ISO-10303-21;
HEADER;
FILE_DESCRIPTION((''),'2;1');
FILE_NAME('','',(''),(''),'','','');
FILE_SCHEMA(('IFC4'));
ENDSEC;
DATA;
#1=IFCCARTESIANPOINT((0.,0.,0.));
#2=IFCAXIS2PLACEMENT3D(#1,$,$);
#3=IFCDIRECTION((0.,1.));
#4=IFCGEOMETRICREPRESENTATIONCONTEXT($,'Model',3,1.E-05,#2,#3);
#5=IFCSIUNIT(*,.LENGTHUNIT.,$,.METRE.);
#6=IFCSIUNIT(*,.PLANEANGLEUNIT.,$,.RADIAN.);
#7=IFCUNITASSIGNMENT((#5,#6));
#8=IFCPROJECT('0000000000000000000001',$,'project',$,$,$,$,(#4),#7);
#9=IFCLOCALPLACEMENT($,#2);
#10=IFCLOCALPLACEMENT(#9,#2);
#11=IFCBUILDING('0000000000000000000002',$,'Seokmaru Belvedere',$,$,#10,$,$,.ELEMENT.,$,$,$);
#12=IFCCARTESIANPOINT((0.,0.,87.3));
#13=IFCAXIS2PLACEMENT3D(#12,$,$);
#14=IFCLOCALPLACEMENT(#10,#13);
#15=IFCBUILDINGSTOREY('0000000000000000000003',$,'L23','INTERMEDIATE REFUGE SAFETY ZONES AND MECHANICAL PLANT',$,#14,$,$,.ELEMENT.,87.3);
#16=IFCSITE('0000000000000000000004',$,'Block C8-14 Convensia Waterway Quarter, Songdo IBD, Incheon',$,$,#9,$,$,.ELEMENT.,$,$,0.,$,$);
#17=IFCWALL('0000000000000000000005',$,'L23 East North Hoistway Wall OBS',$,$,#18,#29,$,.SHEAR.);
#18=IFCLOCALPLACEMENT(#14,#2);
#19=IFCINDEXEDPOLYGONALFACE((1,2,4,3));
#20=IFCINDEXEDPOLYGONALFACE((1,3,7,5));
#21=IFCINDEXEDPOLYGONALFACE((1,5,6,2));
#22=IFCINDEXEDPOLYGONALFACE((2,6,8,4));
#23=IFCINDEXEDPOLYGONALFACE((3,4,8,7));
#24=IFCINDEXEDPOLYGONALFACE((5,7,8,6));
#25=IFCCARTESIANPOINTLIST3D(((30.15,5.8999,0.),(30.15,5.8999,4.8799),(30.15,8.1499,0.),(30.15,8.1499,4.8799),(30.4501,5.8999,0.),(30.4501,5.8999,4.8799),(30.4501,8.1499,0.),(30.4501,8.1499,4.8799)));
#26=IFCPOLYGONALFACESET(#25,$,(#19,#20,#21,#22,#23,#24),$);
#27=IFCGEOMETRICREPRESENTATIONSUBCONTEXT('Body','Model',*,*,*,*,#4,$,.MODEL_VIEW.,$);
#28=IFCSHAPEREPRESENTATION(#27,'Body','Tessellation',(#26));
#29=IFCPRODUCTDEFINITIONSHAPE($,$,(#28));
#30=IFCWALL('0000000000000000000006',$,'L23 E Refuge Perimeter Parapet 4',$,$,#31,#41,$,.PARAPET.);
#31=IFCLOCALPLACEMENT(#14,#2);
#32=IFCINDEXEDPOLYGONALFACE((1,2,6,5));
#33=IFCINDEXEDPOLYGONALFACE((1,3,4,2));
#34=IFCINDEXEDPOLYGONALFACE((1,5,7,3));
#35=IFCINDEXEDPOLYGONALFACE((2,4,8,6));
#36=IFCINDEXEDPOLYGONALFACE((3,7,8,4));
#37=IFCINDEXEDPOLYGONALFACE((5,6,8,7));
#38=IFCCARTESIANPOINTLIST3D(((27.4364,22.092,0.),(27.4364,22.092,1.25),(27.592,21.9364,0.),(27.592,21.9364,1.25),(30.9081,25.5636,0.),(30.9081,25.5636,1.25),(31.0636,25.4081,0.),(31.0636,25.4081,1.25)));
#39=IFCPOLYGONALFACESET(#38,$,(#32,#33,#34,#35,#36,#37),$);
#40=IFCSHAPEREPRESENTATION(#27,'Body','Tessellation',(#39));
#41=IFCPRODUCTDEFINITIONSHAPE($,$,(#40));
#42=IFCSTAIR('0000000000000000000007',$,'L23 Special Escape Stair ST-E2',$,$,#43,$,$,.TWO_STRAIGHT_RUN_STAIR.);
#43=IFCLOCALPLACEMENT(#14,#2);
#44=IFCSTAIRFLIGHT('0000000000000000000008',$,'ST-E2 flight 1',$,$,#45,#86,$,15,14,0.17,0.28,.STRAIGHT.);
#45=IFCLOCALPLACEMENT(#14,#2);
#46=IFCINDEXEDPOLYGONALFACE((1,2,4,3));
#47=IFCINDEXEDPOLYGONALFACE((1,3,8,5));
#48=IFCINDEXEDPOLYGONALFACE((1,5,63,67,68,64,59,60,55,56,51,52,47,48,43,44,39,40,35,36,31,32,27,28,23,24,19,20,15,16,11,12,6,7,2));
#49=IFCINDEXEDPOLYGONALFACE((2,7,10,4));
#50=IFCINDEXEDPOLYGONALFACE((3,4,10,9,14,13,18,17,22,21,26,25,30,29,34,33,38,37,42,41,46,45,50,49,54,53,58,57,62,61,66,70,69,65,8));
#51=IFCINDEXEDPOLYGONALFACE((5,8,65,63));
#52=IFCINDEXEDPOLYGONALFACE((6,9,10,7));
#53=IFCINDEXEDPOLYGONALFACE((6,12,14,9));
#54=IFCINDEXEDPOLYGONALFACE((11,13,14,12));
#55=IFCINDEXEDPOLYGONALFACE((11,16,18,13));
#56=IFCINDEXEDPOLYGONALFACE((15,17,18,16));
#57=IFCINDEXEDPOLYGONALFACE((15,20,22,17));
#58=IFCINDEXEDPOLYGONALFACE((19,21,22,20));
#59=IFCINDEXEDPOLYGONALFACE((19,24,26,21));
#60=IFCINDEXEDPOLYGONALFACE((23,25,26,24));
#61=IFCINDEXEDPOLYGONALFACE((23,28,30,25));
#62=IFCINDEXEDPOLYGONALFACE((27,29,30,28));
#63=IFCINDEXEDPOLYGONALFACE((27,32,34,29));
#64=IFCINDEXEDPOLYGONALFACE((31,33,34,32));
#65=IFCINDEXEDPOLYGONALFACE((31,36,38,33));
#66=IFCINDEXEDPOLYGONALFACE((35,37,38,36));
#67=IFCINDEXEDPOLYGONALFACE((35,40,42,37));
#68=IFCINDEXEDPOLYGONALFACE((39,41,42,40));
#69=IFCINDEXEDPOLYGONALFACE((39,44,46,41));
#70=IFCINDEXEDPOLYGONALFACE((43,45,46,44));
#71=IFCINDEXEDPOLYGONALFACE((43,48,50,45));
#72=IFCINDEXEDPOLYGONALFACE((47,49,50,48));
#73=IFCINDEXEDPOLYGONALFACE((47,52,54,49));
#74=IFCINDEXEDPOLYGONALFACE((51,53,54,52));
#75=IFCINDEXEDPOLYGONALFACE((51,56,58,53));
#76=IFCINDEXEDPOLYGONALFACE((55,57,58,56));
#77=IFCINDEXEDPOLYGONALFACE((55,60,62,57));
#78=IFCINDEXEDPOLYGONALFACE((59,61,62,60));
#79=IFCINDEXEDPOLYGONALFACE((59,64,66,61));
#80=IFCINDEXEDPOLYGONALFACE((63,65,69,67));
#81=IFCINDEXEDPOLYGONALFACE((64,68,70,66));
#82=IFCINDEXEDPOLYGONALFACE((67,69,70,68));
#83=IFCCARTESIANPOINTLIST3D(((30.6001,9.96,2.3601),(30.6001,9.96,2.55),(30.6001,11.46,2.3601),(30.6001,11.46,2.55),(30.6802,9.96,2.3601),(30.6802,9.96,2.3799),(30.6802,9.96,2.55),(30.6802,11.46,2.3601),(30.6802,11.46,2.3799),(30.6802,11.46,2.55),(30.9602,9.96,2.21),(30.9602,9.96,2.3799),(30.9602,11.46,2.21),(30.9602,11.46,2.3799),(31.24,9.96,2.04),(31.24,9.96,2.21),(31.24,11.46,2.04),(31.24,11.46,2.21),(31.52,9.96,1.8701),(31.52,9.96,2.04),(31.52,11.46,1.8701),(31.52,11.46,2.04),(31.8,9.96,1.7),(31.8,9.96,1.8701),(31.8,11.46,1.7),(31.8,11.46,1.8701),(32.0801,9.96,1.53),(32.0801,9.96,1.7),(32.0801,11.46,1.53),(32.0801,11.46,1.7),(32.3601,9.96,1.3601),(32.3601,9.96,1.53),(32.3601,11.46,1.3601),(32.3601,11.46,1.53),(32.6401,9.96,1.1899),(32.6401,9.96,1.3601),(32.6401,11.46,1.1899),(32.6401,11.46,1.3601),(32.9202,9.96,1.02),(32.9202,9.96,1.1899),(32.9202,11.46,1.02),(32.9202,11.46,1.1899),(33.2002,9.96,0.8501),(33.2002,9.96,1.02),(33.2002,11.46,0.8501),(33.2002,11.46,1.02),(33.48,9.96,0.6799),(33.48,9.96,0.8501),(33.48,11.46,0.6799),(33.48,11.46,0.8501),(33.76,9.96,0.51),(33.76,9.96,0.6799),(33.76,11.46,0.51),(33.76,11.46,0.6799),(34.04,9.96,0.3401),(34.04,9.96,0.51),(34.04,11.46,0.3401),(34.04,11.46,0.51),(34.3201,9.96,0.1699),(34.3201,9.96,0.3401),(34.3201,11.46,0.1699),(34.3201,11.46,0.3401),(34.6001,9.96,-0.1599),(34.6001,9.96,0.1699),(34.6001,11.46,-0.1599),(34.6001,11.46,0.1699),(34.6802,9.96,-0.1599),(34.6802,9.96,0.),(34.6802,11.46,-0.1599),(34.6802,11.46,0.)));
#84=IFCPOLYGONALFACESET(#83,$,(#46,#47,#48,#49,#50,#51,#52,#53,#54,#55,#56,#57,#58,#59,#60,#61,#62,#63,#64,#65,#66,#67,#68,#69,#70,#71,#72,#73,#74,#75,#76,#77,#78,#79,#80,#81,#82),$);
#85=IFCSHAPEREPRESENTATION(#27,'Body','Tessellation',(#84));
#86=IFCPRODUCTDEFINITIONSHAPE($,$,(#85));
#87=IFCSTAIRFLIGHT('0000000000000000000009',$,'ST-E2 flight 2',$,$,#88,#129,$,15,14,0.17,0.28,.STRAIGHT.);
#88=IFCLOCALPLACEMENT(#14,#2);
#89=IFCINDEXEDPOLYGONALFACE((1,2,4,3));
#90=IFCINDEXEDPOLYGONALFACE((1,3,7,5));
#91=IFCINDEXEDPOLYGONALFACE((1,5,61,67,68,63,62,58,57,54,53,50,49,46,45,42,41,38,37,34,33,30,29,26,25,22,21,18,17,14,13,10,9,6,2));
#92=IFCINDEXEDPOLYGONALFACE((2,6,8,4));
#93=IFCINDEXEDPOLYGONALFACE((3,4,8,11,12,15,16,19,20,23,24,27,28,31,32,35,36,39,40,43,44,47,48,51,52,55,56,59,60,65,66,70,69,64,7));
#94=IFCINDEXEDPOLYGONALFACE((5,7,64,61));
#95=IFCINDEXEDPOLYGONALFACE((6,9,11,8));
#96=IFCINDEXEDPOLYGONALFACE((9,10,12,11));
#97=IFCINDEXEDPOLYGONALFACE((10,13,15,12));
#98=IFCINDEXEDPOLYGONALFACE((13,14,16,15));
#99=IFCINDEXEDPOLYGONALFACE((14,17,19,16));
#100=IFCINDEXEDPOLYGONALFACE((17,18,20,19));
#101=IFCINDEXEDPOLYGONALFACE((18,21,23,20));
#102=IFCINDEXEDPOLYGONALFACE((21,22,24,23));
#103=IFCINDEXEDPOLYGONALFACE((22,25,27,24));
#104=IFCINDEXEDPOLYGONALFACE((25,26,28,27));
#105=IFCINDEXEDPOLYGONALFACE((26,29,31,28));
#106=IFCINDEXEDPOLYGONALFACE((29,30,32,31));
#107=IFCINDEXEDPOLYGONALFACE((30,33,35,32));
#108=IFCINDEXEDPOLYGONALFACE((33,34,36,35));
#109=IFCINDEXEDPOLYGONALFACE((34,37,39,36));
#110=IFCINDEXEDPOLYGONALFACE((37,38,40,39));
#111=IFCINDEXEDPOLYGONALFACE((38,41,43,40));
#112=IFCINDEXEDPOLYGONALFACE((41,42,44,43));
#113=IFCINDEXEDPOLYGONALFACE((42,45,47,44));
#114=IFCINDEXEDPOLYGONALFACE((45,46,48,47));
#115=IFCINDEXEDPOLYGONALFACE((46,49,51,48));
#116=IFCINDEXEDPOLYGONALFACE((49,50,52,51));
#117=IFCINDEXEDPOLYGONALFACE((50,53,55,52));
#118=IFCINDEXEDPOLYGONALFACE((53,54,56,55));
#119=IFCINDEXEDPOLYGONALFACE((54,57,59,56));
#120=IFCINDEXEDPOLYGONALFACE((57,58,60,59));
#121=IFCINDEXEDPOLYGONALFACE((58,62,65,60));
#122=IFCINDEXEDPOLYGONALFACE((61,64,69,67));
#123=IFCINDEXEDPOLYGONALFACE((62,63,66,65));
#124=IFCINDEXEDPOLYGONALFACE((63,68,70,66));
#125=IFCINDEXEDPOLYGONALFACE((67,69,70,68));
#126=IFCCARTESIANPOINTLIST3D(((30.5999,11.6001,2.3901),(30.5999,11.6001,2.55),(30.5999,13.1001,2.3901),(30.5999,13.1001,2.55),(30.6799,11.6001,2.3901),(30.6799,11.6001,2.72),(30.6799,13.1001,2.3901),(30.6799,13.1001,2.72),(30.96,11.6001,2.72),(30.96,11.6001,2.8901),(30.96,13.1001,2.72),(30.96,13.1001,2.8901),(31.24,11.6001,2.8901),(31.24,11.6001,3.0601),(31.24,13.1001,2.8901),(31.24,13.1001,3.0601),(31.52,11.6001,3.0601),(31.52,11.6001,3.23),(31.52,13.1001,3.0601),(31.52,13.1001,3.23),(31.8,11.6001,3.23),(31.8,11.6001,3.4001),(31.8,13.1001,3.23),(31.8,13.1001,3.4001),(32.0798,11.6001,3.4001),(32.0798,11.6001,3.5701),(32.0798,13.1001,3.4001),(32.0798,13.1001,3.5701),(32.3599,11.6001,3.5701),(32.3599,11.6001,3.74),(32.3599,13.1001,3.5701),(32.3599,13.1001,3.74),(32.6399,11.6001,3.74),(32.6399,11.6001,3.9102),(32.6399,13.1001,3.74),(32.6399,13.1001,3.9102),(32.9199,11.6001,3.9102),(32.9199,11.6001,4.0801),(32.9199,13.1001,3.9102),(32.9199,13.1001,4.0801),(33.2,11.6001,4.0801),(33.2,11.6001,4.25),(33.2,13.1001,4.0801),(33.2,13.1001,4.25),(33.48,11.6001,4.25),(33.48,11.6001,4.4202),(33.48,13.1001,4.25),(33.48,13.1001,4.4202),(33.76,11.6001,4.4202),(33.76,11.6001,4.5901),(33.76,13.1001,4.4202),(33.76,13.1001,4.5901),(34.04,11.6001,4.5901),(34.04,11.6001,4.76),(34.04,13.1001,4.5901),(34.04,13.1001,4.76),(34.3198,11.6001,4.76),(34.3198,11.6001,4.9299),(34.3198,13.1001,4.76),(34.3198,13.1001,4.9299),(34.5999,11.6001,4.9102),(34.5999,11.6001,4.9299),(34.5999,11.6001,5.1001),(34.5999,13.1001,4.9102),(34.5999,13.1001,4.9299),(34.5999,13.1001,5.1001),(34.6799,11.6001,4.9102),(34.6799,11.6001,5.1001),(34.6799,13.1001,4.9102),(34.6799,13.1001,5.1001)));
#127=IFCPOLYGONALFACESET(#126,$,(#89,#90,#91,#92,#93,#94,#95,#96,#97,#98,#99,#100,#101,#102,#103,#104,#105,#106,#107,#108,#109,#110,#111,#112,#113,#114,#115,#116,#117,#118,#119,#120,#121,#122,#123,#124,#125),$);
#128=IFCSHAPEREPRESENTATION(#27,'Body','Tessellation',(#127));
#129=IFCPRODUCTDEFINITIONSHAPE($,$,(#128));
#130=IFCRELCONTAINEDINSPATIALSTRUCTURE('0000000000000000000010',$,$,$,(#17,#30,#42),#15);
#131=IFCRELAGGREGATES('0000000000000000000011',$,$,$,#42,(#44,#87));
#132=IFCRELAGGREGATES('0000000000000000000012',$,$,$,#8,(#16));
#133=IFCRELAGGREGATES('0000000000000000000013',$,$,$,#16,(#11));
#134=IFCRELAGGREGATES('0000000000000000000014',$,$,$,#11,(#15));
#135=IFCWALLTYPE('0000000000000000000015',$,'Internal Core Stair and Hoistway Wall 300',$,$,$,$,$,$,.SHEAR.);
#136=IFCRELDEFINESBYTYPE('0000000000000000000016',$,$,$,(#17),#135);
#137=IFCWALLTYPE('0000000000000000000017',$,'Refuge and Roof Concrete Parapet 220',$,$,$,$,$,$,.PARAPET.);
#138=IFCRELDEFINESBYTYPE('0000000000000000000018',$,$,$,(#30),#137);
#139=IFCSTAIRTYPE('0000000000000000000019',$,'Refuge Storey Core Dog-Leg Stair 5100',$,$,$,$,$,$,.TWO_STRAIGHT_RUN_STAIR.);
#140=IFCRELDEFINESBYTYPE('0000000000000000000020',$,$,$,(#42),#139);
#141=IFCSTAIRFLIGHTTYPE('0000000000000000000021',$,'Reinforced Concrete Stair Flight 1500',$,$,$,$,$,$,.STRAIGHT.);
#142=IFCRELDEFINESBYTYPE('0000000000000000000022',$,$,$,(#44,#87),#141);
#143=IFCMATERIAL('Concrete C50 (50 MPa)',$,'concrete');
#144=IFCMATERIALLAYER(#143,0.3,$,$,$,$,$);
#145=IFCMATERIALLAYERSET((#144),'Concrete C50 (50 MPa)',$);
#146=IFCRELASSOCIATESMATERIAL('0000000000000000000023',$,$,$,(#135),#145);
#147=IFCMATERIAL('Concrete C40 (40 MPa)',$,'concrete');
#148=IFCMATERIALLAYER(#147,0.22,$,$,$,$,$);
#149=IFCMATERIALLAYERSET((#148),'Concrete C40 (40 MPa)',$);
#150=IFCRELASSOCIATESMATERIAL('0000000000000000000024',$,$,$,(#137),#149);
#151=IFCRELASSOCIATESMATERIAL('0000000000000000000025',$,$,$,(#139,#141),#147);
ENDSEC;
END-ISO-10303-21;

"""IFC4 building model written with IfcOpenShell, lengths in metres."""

from ifc_helpers import new_model, si_unit, direction, frame, frame_2d, origin, place, context, subcontext, project, spatial, polyline, rectangle, outline, extrude, material, layer, layer_set, type_object, element, aggregate, save


model = new_model("IFC4")

# Units and contexts
model_context = context("Model", 3, precision=1e-05, world=origin(), true_north=direction((0.0, 1.0)))
body_context = subcontext(model_context, "Body", "Model", "MODEL_VIEW")
ifc_project = project(units=[si_unit("LENGTHUNIT", "METRE"), si_unit("PLANEANGLEUNIT", "RADIAN")], contexts=[model_context])

# Site, building, storey
site_placement = place(None, origin())
site = spatial("IfcSite", under=ifc_project, at=site_placement, Name="Block C8-14 Convensia Waterway Quarter, Songdo IBD, Incheon", CompositionType="ELEMENT", RefElevation=0.0)
building_placement = place(site_placement, origin())
building = spatial("IfcBuilding", under=site, at=building_placement, Name="Seokmaru Belvedere", CompositionType="ELEMENT")
storey_placement = place(building_placement, frame((0.0, 0.0, 87.3)))
storey = spatial("IfcBuildingStorey", under=building, at=storey_placement, Name="L23", Description="INTERMEDIATE REFUGE SAFETY ZONES AND MECHANICAL PLANT", CompositionType="ELEMENT", Elevation=87.3)

# Wall
ifc_material_1 = material(Name="Concrete C50 (50 MPa)", Category="concrete")
ifc_layer_1 = layer(ifc_material_1, 0.3)
ifc_layer_set_1 = layer_set([ifc_layer_1], Name="Concrete C50 (50 MPa)")
wall_type_1 = type_object("IfcWallType", Name="Internal Core Stair and Hoistway Wall 300", PredefinedType="SHEAR", material=ifc_layer_set_1)
wall_1_placement = place(storey_placement, frame((30.3, 5.8999, 0.0), z_axis=(0.0, 0.0, 1.0), x_axis=(0.0, 1.0, 0.0)))
element("IfcWall", 1, at=wall_1_placement, inside=storey, type_object=wall_type_1, Name="L23 East North Hoistway Wall OBS", PredefinedType="SHEAR", context=body_context, shape_type="SweptSolid", body=[
    extrude(rectangle(XDim=2.25, YDim=0.3, at=frame_2d((1.125, 0.0))), origin(), (0.0, 0.0, 1.0), 4.8799),
])

# Wall
ifc_material_2 = material(Name="Concrete C40 (40 MPa)", Category="concrete")
ifc_layer_2 = layer(ifc_material_2, 0.22)
ifc_layer_set_2 = layer_set([ifc_layer_2], Name="Concrete C40 (40 MPa)")
wall_type_2 = type_object("IfcWallType", Name="Refuge and Roof Concrete Parapet 220", PredefinedType="PARAPET", material=ifc_layer_set_2)
wall_2_placement = place(storey_placement, frame((30.9858, 25.4858, 0.0), z_axis=(0.0, 0.0, 1.0), x_axis=(-0.707107, -0.707107, 0.0)))
element("IfcWall", 2, at=wall_2_placement, inside=storey, type_object=wall_type_2, Name="L23 E Refuge Perimeter Parapet 4", PredefinedType="PARAPET", context=body_context, shape_type="SweptSolid", body=[
    extrude(rectangle(XDim=4.9097, YDim=0.22, at=frame_2d((2.4548, 0.0))), origin(), (0.0, 0.0, 1.0), 1.25),
])

# Stair, stair flights
stair_type = type_object("IfcStairType", Name="Refuge Storey Core Dog-Leg Stair 5100", PredefinedType="TWO_STRAIGHT_RUN_STAIR", material=ifc_material_2)
stair_placement = place(storey_placement, origin())
stair = element("IfcStair", 3, at=stair_placement, inside=storey, type_object=stair_type, Name="L23 Special Escape Stair ST-E2", PredefinedType="TWO_STRAIGHT_RUN_STAIR")
stair_flight_type = type_object("IfcStairFlightType", Name="Reinforced Concrete Stair Flight 1500", PredefinedType="STRAIGHT", material=ifc_material_2)
stair_flight_1_placement = place(storey_placement, frame((34.6001, 10.71, 0.0), z_axis=(0.0, 0.0, 1.0), x_axis=(-1.0, 0.0, 0.0)))
stair_flight_1 = element("IfcStairFlight", 4, at=stair_flight_1_placement, type_object=stair_flight_type, Name="ST-E2 flight 1", NumberOfRisers=15, NumberOfTreads=14, PredefinedType="STRAIGHT", RiserHeight=0.17, TreadLength=0.28, context=body_context, shape_type="SweptSolid", body=[
    extrude(outline(polyline([(-0.0801, 0.0), (0.0, 0.1699), (0.28, 0.1699), (0.28, 0.3401), (0.5601, 0.3401), (0.5601, 0.51), (0.8401, 0.51), (0.8401, 0.6799), (1.1201, 0.6799), (1.1201, 0.8501), (1.3999, 0.8501), (1.3999, 1.02), (1.6799, 1.02), (1.6799, 1.1899), (1.96, 1.1899), (1.96, 1.3601), (2.24, 1.3601), (2.24, 1.53), (2.52, 1.53), (2.52, 1.7), (2.8, 1.7), (2.8, 1.8701), (3.0801, 1.8701), (3.0801, 2.04), (3.3601, 2.04), (3.3601, 2.21), (3.6399, 2.21), (3.6399, 2.3799), (3.9199, 2.3799), (3.9199, 2.55), (4.0, 2.55), (4.0, 2.3601), (3.9199, 2.3601), (0.0, -0.1599), (-0.0801, -0.1599), (-0.0801, 0.0)])), frame((0.0, 0.75, 0.0), z_axis=(0.0, -1.0, 0.0), x_axis=(1.0, 0.0, 0.0)), (0.0, 0.0, 1.0), 1.5),
])
stair_flight_2_placement = place(storey_placement, frame((30.6799, 12.3501, 2.55), z_axis=(0.0, 0.0, 1.0), x_axis=(1.0, 0.0, 0.0)))
stair_flight_2 = element("IfcStairFlight", 5, at=stair_flight_2_placement, type_object=stair_flight_type, Name="ST-E2 flight 2", NumberOfRisers=15, NumberOfTreads=14, PredefinedType="STRAIGHT", RiserHeight=0.17, TreadLength=0.28, context=body_context, shape_type="SweptSolid", body=[
    extrude(outline(polyline([(-0.0801, 0.0), (0.0, 0.1699), (0.28, 0.1699), (0.28, 0.3401), (0.5601, 0.3401), (0.5601, 0.51), (0.8401, 0.51), (0.8401, 0.6799), (1.1201, 0.6799), (1.1201, 0.8501), (1.3999, 0.8501), (1.3999, 1.02), (1.6799, 1.02), (1.6799, 1.1899), (1.96, 1.1899), (1.96, 1.3601), (2.24, 1.3601), (2.24, 1.53), (2.52, 1.53), (2.52, 1.7), (2.8, 1.7), (2.8, 1.8701), (3.0801, 1.8701), (3.0801, 2.04), (3.3601, 2.04), (3.3601, 2.21), (3.6399, 2.21), (3.6399, 2.3799), (3.9199, 2.3799), (3.9199, 2.55), (4.0, 2.55), (4.0, 2.3601), (3.9199, 2.3601), (0.0, -0.1599), (-0.0801, -0.1599), (-0.0801, 0.0)])), frame((0.0, 0.75, 0.0), z_axis=(0.0, -1.0, 0.0), x_axis=(1.0, 0.0, 0.0)), (0.0, 0.0, 1.0), 1.5),
])
aggregate(stair, [stair_flight_1, stair_flight_2])

save(model, "model.ifc")
